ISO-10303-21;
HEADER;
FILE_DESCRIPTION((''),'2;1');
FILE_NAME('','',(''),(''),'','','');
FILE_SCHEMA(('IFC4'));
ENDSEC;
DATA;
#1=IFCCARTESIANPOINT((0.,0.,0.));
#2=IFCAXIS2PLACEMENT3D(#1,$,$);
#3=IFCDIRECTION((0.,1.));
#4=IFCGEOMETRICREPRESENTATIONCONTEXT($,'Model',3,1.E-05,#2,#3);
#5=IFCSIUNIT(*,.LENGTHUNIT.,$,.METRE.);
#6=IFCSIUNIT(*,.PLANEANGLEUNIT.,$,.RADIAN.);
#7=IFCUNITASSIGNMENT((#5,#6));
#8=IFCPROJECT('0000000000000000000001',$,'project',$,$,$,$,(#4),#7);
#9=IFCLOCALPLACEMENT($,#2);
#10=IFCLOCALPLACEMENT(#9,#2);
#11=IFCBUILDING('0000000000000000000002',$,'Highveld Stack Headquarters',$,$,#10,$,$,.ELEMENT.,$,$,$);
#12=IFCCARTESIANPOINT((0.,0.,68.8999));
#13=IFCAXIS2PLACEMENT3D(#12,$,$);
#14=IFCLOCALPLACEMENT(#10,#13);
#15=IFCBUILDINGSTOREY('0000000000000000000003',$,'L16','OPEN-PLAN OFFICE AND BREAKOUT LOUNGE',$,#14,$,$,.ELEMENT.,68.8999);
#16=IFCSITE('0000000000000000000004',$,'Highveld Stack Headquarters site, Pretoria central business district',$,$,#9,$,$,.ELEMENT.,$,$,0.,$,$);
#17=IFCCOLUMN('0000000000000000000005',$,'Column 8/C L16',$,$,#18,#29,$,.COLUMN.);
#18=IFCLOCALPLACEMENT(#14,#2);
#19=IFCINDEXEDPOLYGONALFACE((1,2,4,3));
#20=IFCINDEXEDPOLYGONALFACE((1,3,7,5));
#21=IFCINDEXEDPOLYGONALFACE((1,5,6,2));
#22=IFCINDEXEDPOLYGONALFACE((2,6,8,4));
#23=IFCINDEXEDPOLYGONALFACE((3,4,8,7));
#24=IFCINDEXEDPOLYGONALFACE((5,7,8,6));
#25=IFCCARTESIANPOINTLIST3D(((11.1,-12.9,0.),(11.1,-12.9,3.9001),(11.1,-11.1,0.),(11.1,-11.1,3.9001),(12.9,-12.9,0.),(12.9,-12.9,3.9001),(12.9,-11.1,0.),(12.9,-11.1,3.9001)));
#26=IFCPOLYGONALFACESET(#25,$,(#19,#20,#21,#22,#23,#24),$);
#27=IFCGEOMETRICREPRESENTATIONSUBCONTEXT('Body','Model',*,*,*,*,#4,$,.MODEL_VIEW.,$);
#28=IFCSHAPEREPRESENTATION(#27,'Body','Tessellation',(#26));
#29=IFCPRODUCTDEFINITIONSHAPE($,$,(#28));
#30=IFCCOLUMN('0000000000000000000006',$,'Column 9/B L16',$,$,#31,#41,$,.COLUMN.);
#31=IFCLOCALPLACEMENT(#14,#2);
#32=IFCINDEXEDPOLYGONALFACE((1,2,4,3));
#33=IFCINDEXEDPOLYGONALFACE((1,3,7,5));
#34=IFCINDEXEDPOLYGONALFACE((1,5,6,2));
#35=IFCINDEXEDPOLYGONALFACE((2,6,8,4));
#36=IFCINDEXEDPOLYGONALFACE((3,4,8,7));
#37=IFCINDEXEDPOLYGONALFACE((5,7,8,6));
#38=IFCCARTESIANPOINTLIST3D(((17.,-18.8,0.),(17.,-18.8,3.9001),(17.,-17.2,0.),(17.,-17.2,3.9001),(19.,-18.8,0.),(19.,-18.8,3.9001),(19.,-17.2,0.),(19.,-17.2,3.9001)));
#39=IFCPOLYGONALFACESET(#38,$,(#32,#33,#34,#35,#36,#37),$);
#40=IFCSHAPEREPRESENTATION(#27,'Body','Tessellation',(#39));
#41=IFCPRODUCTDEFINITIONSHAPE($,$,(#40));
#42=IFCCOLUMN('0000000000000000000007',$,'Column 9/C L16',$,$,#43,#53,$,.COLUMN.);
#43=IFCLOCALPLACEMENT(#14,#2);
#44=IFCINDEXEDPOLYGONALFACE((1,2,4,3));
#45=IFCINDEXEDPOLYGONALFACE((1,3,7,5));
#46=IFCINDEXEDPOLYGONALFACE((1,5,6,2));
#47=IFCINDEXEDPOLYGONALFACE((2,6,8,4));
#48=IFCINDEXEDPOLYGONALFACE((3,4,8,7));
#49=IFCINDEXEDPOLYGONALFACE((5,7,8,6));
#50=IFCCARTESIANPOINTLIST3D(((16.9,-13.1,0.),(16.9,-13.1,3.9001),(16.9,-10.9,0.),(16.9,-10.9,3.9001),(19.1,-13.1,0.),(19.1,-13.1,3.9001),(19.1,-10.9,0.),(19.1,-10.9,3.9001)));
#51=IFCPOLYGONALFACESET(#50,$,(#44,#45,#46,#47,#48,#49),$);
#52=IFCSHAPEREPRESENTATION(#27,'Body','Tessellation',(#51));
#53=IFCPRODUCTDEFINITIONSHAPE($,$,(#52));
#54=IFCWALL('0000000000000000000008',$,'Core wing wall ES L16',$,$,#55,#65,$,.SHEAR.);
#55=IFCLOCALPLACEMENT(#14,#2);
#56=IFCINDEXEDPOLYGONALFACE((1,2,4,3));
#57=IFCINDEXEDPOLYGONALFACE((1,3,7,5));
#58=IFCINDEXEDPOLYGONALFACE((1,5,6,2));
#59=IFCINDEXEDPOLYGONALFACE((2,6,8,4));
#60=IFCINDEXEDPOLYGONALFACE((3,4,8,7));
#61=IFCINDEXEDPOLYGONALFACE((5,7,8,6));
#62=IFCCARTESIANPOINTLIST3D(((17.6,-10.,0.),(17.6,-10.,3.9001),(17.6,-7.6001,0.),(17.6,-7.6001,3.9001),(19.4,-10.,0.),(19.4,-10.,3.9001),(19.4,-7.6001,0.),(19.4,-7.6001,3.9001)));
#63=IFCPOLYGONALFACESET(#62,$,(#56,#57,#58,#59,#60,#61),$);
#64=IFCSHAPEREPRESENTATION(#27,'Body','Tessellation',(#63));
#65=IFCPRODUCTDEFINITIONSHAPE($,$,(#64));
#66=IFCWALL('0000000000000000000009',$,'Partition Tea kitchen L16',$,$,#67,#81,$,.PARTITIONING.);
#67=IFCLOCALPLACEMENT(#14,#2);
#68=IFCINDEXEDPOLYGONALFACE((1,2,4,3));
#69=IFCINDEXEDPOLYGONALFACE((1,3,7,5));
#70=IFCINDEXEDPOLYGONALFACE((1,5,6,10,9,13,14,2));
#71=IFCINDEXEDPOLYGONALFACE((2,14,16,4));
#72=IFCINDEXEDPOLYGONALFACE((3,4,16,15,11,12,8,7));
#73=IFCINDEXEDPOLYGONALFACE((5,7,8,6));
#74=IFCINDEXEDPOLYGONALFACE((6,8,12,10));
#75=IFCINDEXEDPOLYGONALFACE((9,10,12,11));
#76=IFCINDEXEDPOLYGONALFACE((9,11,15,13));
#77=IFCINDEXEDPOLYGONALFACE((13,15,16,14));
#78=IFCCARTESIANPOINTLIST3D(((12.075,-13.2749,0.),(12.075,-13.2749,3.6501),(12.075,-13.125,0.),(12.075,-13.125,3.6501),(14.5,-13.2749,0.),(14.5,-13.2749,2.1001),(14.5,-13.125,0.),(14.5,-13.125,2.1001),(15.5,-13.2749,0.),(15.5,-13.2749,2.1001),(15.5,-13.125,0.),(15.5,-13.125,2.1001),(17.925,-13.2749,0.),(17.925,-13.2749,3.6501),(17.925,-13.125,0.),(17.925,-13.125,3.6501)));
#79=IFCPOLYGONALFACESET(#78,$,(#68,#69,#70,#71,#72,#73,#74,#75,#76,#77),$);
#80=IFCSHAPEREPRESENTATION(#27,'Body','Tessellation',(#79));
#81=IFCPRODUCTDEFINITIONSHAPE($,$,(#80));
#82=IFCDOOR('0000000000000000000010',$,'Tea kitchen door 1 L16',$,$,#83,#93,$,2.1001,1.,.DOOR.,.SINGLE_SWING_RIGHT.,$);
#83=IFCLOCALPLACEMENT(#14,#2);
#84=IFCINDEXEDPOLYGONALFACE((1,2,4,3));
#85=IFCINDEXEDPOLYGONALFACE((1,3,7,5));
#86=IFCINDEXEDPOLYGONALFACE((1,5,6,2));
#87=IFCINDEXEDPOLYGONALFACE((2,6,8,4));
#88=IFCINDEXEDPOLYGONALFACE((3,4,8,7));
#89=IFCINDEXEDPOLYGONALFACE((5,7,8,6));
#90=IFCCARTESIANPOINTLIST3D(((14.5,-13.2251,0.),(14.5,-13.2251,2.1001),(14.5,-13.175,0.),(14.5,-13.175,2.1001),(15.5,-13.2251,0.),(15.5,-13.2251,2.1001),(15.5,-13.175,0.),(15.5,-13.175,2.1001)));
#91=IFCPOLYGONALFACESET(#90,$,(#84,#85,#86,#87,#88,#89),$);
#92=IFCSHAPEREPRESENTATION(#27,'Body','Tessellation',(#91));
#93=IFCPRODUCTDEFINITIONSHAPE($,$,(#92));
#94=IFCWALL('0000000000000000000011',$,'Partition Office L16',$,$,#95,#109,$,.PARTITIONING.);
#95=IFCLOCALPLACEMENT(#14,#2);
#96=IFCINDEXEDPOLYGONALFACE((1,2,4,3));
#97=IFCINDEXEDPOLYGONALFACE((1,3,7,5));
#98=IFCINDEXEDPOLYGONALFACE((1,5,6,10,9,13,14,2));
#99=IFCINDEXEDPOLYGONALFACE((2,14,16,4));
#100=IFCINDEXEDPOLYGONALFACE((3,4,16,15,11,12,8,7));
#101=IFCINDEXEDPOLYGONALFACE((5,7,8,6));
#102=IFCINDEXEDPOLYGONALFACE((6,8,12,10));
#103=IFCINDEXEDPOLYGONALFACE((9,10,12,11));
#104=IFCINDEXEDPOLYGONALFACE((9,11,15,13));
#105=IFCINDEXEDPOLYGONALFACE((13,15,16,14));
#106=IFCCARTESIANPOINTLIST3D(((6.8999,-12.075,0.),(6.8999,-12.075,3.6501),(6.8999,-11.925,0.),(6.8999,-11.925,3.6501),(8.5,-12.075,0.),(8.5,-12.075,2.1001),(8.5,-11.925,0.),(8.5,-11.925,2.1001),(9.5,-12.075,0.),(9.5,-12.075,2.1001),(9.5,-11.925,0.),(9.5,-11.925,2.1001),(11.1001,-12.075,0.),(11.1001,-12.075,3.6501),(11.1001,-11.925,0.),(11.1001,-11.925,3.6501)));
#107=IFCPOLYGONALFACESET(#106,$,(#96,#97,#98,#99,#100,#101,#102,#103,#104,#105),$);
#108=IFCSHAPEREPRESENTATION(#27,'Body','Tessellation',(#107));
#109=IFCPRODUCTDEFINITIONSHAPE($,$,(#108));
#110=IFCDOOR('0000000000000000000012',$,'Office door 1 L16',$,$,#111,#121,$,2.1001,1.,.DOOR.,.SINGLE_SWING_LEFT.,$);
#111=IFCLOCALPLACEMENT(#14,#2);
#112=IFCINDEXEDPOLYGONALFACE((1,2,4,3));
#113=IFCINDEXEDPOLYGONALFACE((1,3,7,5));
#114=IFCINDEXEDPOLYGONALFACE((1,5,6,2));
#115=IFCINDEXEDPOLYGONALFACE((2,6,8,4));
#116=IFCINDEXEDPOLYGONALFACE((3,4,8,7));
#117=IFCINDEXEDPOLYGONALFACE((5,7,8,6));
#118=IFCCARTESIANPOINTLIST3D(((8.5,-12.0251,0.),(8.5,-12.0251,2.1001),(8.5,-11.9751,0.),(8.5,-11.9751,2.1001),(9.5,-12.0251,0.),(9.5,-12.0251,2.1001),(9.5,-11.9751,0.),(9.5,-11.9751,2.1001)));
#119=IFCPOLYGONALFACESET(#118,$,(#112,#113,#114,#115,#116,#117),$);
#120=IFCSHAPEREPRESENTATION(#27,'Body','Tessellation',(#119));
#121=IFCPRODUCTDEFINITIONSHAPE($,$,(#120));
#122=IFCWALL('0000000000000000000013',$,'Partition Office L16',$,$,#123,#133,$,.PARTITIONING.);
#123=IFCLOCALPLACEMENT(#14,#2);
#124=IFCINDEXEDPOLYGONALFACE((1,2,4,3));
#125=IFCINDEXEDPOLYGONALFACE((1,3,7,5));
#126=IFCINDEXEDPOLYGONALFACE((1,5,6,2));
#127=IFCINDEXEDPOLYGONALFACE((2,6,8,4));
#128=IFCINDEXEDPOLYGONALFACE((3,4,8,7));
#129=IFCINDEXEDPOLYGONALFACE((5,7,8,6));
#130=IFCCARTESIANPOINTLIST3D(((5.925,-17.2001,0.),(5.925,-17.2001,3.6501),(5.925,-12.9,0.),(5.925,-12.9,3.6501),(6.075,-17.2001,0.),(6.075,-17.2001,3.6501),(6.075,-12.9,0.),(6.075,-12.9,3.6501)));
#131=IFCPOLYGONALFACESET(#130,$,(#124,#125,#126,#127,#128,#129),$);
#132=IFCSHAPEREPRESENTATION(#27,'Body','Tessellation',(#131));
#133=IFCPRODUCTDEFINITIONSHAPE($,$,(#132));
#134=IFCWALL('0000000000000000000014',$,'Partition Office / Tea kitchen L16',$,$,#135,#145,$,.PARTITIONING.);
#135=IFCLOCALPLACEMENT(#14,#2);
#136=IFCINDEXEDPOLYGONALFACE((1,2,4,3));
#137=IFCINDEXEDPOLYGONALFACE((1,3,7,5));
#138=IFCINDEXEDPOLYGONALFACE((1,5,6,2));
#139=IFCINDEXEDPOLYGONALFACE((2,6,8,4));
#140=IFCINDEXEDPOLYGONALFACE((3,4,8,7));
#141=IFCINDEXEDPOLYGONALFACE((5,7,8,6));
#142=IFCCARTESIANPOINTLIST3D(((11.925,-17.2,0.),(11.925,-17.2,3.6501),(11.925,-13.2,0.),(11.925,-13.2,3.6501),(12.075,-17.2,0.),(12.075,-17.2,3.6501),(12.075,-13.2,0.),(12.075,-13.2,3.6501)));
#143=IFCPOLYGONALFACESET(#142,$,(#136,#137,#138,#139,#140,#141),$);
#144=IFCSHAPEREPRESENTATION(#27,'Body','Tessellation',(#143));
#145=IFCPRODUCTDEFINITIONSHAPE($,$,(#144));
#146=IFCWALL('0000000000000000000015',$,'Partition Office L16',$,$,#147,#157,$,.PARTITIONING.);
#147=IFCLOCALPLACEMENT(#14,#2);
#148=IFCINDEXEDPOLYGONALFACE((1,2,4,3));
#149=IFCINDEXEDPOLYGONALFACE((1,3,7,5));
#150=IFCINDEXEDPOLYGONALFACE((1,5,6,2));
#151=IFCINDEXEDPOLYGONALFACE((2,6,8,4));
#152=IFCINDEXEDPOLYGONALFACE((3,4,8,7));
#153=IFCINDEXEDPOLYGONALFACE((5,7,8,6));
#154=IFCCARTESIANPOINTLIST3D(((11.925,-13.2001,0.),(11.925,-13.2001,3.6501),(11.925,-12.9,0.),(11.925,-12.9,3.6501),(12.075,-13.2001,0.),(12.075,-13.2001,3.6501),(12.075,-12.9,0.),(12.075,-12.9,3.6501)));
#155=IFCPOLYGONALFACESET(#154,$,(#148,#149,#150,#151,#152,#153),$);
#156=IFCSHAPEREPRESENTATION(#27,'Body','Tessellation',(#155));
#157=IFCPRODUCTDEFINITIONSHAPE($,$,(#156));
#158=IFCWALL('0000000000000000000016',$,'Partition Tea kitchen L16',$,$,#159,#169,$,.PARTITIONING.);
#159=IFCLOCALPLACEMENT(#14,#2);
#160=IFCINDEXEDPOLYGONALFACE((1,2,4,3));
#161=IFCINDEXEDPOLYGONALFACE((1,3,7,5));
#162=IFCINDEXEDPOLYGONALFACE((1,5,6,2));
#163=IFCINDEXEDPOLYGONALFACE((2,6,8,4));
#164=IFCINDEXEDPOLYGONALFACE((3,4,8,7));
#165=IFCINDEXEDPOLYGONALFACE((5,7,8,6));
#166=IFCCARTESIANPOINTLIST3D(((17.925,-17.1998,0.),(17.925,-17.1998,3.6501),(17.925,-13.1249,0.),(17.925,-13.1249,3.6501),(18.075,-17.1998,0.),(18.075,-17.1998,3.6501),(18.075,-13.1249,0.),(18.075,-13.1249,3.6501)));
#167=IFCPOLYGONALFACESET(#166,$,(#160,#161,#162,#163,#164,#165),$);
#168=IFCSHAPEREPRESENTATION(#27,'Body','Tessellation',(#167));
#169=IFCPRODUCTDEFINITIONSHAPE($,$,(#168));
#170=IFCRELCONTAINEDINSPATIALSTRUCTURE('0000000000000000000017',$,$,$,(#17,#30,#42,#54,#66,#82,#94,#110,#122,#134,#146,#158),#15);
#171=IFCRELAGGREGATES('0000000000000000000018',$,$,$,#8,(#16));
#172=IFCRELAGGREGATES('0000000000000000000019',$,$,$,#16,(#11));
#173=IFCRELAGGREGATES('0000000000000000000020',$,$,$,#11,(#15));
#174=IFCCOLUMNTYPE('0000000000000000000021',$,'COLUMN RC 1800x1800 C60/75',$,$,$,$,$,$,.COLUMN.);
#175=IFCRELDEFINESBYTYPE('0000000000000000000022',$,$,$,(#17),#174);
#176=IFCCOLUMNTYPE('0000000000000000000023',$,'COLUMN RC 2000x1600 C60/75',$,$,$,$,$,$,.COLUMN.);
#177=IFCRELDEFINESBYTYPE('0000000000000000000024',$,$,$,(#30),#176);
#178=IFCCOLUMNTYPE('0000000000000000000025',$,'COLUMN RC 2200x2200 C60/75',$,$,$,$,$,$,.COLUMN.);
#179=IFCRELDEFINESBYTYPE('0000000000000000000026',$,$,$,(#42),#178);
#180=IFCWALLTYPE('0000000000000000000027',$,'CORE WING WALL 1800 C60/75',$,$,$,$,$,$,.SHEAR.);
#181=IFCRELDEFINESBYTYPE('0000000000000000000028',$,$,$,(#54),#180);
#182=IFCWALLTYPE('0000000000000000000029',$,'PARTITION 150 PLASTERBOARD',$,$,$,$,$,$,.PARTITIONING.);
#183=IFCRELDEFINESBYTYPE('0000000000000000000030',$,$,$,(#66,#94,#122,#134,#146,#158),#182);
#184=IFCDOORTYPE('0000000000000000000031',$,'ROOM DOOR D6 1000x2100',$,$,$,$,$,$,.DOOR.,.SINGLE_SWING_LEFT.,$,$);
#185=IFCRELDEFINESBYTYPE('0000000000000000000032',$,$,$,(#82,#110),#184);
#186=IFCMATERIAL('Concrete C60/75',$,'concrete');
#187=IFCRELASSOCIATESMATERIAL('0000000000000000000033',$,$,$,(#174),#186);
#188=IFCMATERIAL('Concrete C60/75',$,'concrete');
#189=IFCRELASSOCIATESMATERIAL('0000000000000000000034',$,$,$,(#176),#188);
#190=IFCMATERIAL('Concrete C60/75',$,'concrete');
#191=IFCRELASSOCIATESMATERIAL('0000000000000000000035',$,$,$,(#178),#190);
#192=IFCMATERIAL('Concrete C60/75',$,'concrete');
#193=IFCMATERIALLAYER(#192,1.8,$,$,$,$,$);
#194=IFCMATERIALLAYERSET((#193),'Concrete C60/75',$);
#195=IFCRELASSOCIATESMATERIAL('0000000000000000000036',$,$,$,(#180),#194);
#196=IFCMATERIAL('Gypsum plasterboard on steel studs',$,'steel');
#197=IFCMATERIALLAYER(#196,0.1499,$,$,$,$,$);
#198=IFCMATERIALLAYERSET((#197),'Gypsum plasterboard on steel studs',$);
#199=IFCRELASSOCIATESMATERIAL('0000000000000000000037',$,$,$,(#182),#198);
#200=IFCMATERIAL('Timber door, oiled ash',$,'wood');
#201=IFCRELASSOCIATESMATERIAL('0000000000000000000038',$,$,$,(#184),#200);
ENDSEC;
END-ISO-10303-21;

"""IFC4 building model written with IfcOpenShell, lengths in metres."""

from ifc_helpers import new_model, si_unit, direction, frame, frame_2d, origin, origin_2d, place, context, subcontext, project, spatial, rectangle, extrude, material, layer, layer_set, material_profile, profile_set, type_object, element, fill, save


model = new_model("IFC4")

# Units and contexts
model_context = context("Model", 3, precision=1e-05, world=origin(), true_north=direction((0.0, 1.0)))
body_context = subcontext(model_context, "Body", "Model", "MODEL_VIEW")
ifc_project = project(units=[si_unit("LENGTHUNIT", "METRE"), si_unit("PLANEANGLEUNIT", "RADIAN")], contexts=[model_context])

# Site, building, storey
site_placement = place(None, origin())
site = spatial("IfcSite", under=ifc_project, at=site_placement, Name="Highveld Stack Headquarters site, Pretoria central business district", CompositionType="ELEMENT", RefElevation=0.0)
building_placement = place(site_placement, origin())
building = spatial("IfcBuilding", under=site, at=building_placement, Name="Highveld Stack Headquarters", CompositionType="ELEMENT")
storey_placement = place(building_placement, frame((0.0, 0.0, 68.8999)))
storey = spatial("IfcBuildingStorey", under=building, at=storey_placement, Name="L16", Description="OPEN-PLAN OFFICE AND BREAKOUT LOUNGE", CompositionType="ELEMENT", Elevation=68.8999)

# Columns
ifc_material_1 = material(Name="Concrete C60/75", Category="concrete")
ifc_material_profile_1 = material_profile(ifc_material_1, rectangle(XDim=1.8, YDim=1.8, at=origin_2d()), Name="RC 1800x1800")
ifc_profile_set_1 = profile_set([ifc_material_profile_1], Name="Concrete C60/75")
column_type_1 = type_object("IfcColumnType", Name="COLUMN RC 1800x1800 C60/75", PredefinedType="COLUMN", material=ifc_profile_set_1)
column_1_placement = place(storey_placement, frame((12.0, -12.0, 0.0), z_axis=(0.0, 0.0, 1.0), x_axis=(1.0, 0.0, 0.0)))
element("IfcColumn", 1, at=column_1_placement, inside=storey, type_object=column_type_1, Name="Column 8/C L16", PredefinedType="COLUMN", context=body_context, shape_type="SweptSolid", body=[
    extrude(rectangle(XDim=1.8, YDim=1.8, at=origin_2d()), origin(), (0.0, 0.0, 1.0), 3.9001),
])
ifc_material_2 = material(Name="Concrete C60/75", Category="concrete")
ifc_material_profile_2 = material_profile(ifc_material_2, rectangle(XDim=2.0, YDim=1.6001, at=origin_2d()), Name="RC 2000x1600")
ifc_profile_set_2 = profile_set([ifc_material_profile_2], Name="Concrete C60/75")
column_type_2 = type_object("IfcColumnType", Name="COLUMN RC 2000x1600 C60/75", PredefinedType="COLUMN", material=ifc_profile_set_2)
column_2_placement = place(storey_placement, frame((18.0, -18.0, 0.0), z_axis=(0.0, 0.0, 1.0), x_axis=(1.0, 0.0, 0.0)))
element("IfcColumn", 2, at=column_2_placement, inside=storey, type_object=column_type_2, Name="Column 9/B L16", PredefinedType="COLUMN", context=body_context, shape_type="SweptSolid", body=[
    extrude(rectangle(XDim=2.0, YDim=1.6001, at=origin_2d()), origin(), (0.0, 0.0, 1.0), 3.9001),
])
ifc_material_3 = material(Name="Concrete C60/75", Category="concrete")
ifc_material_profile_3 = material_profile(ifc_material_3, rectangle(XDim=2.2, YDim=2.2, at=origin_2d()), Name="RC 2200x2200")
ifc_profile_set_3 = profile_set([ifc_material_profile_3], Name="Concrete C60/75")
column_type_3 = type_object("IfcColumnType", Name="COLUMN RC 2200x2200 C60/75", PredefinedType="COLUMN", material=ifc_profile_set_3)
column_3_placement = place(storey_placement, frame((18.0, -12.0, 0.0), z_axis=(0.0, 0.0, 1.0), x_axis=(1.0, 0.0, 0.0)))
element("IfcColumn", 3, at=column_3_placement, inside=storey, type_object=column_type_3, Name="Column 9/C L16", PredefinedType="COLUMN", context=body_context, shape_type="SweptSolid", body=[
    extrude(rectangle(XDim=2.2, YDim=2.2, at=origin_2d()), origin(), (0.0, 0.0, 1.0), 3.9001),
])

# Wall
ifc_material_4 = material(Name="Concrete C60/75", Category="concrete")
ifc_layer_1 = layer(ifc_material_4, 1.8)
ifc_layer_set_1 = layer_set([ifc_layer_1], Name="Concrete C60/75")
wall_type_1 = type_object("IfcWallType", Name="CORE WING WALL 1800 C60/75", PredefinedType="SHEAR", material=ifc_layer_set_1)
wall_1_placement = place(storey_placement, frame((18.5, -10.0, 0.0), z_axis=(0.0, 0.0, 1.0), x_axis=(0.0, 1.0, 0.0)))
element("IfcWall", 4, at=wall_1_placement, inside=storey, type_object=wall_type_1, Name="Core wing wall ES L16", PredefinedType="SHEAR", context=body_context, shape_type="SweptSolid", body=[
    extrude(rectangle(XDim=2.3999, YDim=1.8, at=frame_2d((1.2, 0.0))), origin(), (0.0, 0.0, 1.0), 3.9001),
])

# Walls, openings, doors
ifc_material_5 = material(Name="Gypsum plasterboard on steel studs", Category="steel")
ifc_layer_2 = layer(ifc_material_5, 0.1499)
ifc_layer_set_2 = layer_set([ifc_layer_2], Name="Gypsum plasterboard on steel studs")
wall_type_2 = type_object("IfcWallType", Name="PARTITION 150 PLASTERBOARD", PredefinedType="PARTITIONING", material=ifc_layer_set_2)
wall_2_placement = place(storey_placement, frame((12.075, -13.2, 0.0), z_axis=(0.0, 0.0, 1.0), x_axis=(1.0, 0.0, 0.0)))
wall_2 = element("IfcWall", 5, at=wall_2_placement, inside=storey, type_object=wall_type_2, Name="Partition Tea kitchen L16", PredefinedType="PARTITIONING", context=body_context, shape_type="SweptSolid", body=[
    extrude(rectangle(XDim=5.8501, YDim=0.1499, at=frame_2d((2.925, 0.0))), origin(), (0.0, 0.0, 1.0), 3.6501),
])
opening_1_placement = place(wall_2_placement, frame((2.425, 0.0, 0.0)))
opening_1 = element("IfcOpeningElement", 6, at=opening_1_placement, cuts=wall_2, PredefinedType="OPENING", context=body_context, shape_type="SweptSolid", body=[
    extrude(rectangle(XDim=1.0, YDim=2.1001, at=frame_2d((0.5, 1.05))), frame((0.0, 0.085, 0.0), z_axis=(0.0, -1.0, 0.0), x_axis=(1.0, 0.0, 0.0)), (0.0, 0.0, 1.0), 0.1699),
])
ifc_material_6 = material(Name="Timber door, oiled ash", Category="wood")
door_type = type_object("IfcDoorType", Name="ROOM DOOR D6 1000x2100", OperationType="SINGLE_SWING_LEFT", PredefinedType="DOOR", material=ifc_material_6)
door_1_placement = place(opening_1_placement, origin())
door_1 = element("IfcDoor", 7, at=door_1_placement, inside=storey, type_object=door_type, Name="Tea kitchen door 1 L16", OperationType="SINGLE_SWING_RIGHT", OverallHeight=2.1001, OverallWidth=1.0, PredefinedType="DOOR", context=body_context, shape_type="SweptSolid", body=[
    extrude(rectangle(XDim=1.0, YDim=2.1001, at=frame_2d((0.5, 1.05))), frame((0.0, 0.0249, 0.0), z_axis=(0.0, -1.0, 0.0), x_axis=(1.0, 0.0, 0.0)), (0.0, 0.0, 1.0), 0.05),
])
fill(opening_1, door_1)
wall_3_placement = place(storey_placement, frame((6.8999, -12.0, 0.0), z_axis=(0.0, 0.0, 1.0), x_axis=(1.0, 0.0, 0.0)))
wall_3 = element("IfcWall", 8, at=wall_3_placement, inside=storey, type_object=wall_type_2, Name="Partition Office L16", PredefinedType="PARTITIONING", context=body_context, shape_type="SweptSolid", body=[
    extrude(rectangle(XDim=4.2002, YDim=0.1499, at=frame_2d((2.1001, 0.0))), origin(), (0.0, 0.0, 1.0), 3.6501),
])
opening_2_placement = place(wall_3_placement, frame((1.6001, 0.0, 0.0)))
opening_2 = element("IfcOpeningElement", 9, at=opening_2_placement, cuts=wall_3, PredefinedType="OPENING", context=body_context, shape_type="SweptSolid", body=[
    extrude(rectangle(XDim=1.0, YDim=2.1001, at=frame_2d((0.5, 1.05))), frame((0.0, 0.085, 0.0), z_axis=(0.0, -1.0, 0.0), x_axis=(1.0, 0.0, 0.0)), (0.0, 0.0, 1.0), 0.1699),
])
door_2_placement = place(opening_2_placement, origin())
door_2 = element("IfcDoor", 10, at=door_2_placement, inside=storey, type_object=door_type, Name="Office door 1 L16", OperationType="SINGLE_SWING_LEFT", OverallHeight=2.1001, OverallWidth=1.0, PredefinedType="DOOR", context=body_context, shape_type="SweptSolid", body=[
    extrude(rectangle(XDim=1.0, YDim=2.1001, at=frame_2d((0.5, 1.05))), frame((0.0, 0.0249, 0.0), z_axis=(0.0, -1.0, 0.0), x_axis=(1.0, 0.0, 0.0)), (0.0, 0.0, 1.0), 0.05),
])
fill(opening_2, door_2)

# Walls
wall_4_placement = place(storey_placement, frame((6.0, -17.2, 0.0), z_axis=(0.0, 0.0, 1.0), x_axis=(0.0, 1.0, 0.0)))
element("IfcWall", 11, at=wall_4_placement, inside=storey, type_object=wall_type_2, Name="Partition Office L16", PredefinedType="PARTITIONING", context=body_context, shape_type="SweptSolid", body=[
    extrude(rectangle(XDim=4.3, YDim=0.1499, at=frame_2d((2.1499, 0.0))), origin(), (0.0, 0.0, 1.0), 3.6501),
])
wall_5_placement = place(storey_placement, frame((12.0, -17.2, 0.0), z_axis=(0.0, 0.0, 1.0), x_axis=(0.0, 1.0, 0.0)))
element("IfcWall", 12, at=wall_5_placement, inside=storey, type_object=wall_type_2, Name="Partition Office / Tea kitchen L16", PredefinedType="PARTITIONING", context=body_context, shape_type="SweptSolid", body=[
    extrude(rectangle(XDim=4.0, YDim=0.1499, at=frame_2d((2.0, 0.0))), origin(), (0.0, 0.0, 1.0), 3.6501),
])
wall_6_placement = place(storey_placement, frame((12.0, -13.2, 0.0), z_axis=(0.0, 0.0, 1.0), x_axis=(0.0, 1.0, 0.0)))
element("IfcWall", 13, at=wall_6_placement, inside=storey, type_object=wall_type_2, Name="Partition Office L16", PredefinedType="PARTITIONING", context=body_context, shape_type="SweptSolid", body=[
    extrude(rectangle(XDim=0.3, YDim=0.1499, at=frame_2d((0.1499, 0.0))), origin(), (0.0, 0.0, 1.0), 3.6501),
])
wall_7_placement = place(storey_placement, frame((18.0, -17.2, 0.0), z_axis=(0.0, 0.0, 1.0), x_axis=(0.0, 1.0, 0.0)))
element("IfcWall", 14, at=wall_7_placement, inside=storey, type_object=wall_type_2, Name="Partition Tea kitchen L16", PredefinedType="PARTITIONING", context=body_context, shape_type="SweptSolid", body=[
    extrude(rectangle(XDim=4.075, YDim=0.1499, at=frame_2d((2.0376, 0.0))), origin(), (0.0, 0.0, 1.0), 3.6501),
])

save(model, "model.ifc")
